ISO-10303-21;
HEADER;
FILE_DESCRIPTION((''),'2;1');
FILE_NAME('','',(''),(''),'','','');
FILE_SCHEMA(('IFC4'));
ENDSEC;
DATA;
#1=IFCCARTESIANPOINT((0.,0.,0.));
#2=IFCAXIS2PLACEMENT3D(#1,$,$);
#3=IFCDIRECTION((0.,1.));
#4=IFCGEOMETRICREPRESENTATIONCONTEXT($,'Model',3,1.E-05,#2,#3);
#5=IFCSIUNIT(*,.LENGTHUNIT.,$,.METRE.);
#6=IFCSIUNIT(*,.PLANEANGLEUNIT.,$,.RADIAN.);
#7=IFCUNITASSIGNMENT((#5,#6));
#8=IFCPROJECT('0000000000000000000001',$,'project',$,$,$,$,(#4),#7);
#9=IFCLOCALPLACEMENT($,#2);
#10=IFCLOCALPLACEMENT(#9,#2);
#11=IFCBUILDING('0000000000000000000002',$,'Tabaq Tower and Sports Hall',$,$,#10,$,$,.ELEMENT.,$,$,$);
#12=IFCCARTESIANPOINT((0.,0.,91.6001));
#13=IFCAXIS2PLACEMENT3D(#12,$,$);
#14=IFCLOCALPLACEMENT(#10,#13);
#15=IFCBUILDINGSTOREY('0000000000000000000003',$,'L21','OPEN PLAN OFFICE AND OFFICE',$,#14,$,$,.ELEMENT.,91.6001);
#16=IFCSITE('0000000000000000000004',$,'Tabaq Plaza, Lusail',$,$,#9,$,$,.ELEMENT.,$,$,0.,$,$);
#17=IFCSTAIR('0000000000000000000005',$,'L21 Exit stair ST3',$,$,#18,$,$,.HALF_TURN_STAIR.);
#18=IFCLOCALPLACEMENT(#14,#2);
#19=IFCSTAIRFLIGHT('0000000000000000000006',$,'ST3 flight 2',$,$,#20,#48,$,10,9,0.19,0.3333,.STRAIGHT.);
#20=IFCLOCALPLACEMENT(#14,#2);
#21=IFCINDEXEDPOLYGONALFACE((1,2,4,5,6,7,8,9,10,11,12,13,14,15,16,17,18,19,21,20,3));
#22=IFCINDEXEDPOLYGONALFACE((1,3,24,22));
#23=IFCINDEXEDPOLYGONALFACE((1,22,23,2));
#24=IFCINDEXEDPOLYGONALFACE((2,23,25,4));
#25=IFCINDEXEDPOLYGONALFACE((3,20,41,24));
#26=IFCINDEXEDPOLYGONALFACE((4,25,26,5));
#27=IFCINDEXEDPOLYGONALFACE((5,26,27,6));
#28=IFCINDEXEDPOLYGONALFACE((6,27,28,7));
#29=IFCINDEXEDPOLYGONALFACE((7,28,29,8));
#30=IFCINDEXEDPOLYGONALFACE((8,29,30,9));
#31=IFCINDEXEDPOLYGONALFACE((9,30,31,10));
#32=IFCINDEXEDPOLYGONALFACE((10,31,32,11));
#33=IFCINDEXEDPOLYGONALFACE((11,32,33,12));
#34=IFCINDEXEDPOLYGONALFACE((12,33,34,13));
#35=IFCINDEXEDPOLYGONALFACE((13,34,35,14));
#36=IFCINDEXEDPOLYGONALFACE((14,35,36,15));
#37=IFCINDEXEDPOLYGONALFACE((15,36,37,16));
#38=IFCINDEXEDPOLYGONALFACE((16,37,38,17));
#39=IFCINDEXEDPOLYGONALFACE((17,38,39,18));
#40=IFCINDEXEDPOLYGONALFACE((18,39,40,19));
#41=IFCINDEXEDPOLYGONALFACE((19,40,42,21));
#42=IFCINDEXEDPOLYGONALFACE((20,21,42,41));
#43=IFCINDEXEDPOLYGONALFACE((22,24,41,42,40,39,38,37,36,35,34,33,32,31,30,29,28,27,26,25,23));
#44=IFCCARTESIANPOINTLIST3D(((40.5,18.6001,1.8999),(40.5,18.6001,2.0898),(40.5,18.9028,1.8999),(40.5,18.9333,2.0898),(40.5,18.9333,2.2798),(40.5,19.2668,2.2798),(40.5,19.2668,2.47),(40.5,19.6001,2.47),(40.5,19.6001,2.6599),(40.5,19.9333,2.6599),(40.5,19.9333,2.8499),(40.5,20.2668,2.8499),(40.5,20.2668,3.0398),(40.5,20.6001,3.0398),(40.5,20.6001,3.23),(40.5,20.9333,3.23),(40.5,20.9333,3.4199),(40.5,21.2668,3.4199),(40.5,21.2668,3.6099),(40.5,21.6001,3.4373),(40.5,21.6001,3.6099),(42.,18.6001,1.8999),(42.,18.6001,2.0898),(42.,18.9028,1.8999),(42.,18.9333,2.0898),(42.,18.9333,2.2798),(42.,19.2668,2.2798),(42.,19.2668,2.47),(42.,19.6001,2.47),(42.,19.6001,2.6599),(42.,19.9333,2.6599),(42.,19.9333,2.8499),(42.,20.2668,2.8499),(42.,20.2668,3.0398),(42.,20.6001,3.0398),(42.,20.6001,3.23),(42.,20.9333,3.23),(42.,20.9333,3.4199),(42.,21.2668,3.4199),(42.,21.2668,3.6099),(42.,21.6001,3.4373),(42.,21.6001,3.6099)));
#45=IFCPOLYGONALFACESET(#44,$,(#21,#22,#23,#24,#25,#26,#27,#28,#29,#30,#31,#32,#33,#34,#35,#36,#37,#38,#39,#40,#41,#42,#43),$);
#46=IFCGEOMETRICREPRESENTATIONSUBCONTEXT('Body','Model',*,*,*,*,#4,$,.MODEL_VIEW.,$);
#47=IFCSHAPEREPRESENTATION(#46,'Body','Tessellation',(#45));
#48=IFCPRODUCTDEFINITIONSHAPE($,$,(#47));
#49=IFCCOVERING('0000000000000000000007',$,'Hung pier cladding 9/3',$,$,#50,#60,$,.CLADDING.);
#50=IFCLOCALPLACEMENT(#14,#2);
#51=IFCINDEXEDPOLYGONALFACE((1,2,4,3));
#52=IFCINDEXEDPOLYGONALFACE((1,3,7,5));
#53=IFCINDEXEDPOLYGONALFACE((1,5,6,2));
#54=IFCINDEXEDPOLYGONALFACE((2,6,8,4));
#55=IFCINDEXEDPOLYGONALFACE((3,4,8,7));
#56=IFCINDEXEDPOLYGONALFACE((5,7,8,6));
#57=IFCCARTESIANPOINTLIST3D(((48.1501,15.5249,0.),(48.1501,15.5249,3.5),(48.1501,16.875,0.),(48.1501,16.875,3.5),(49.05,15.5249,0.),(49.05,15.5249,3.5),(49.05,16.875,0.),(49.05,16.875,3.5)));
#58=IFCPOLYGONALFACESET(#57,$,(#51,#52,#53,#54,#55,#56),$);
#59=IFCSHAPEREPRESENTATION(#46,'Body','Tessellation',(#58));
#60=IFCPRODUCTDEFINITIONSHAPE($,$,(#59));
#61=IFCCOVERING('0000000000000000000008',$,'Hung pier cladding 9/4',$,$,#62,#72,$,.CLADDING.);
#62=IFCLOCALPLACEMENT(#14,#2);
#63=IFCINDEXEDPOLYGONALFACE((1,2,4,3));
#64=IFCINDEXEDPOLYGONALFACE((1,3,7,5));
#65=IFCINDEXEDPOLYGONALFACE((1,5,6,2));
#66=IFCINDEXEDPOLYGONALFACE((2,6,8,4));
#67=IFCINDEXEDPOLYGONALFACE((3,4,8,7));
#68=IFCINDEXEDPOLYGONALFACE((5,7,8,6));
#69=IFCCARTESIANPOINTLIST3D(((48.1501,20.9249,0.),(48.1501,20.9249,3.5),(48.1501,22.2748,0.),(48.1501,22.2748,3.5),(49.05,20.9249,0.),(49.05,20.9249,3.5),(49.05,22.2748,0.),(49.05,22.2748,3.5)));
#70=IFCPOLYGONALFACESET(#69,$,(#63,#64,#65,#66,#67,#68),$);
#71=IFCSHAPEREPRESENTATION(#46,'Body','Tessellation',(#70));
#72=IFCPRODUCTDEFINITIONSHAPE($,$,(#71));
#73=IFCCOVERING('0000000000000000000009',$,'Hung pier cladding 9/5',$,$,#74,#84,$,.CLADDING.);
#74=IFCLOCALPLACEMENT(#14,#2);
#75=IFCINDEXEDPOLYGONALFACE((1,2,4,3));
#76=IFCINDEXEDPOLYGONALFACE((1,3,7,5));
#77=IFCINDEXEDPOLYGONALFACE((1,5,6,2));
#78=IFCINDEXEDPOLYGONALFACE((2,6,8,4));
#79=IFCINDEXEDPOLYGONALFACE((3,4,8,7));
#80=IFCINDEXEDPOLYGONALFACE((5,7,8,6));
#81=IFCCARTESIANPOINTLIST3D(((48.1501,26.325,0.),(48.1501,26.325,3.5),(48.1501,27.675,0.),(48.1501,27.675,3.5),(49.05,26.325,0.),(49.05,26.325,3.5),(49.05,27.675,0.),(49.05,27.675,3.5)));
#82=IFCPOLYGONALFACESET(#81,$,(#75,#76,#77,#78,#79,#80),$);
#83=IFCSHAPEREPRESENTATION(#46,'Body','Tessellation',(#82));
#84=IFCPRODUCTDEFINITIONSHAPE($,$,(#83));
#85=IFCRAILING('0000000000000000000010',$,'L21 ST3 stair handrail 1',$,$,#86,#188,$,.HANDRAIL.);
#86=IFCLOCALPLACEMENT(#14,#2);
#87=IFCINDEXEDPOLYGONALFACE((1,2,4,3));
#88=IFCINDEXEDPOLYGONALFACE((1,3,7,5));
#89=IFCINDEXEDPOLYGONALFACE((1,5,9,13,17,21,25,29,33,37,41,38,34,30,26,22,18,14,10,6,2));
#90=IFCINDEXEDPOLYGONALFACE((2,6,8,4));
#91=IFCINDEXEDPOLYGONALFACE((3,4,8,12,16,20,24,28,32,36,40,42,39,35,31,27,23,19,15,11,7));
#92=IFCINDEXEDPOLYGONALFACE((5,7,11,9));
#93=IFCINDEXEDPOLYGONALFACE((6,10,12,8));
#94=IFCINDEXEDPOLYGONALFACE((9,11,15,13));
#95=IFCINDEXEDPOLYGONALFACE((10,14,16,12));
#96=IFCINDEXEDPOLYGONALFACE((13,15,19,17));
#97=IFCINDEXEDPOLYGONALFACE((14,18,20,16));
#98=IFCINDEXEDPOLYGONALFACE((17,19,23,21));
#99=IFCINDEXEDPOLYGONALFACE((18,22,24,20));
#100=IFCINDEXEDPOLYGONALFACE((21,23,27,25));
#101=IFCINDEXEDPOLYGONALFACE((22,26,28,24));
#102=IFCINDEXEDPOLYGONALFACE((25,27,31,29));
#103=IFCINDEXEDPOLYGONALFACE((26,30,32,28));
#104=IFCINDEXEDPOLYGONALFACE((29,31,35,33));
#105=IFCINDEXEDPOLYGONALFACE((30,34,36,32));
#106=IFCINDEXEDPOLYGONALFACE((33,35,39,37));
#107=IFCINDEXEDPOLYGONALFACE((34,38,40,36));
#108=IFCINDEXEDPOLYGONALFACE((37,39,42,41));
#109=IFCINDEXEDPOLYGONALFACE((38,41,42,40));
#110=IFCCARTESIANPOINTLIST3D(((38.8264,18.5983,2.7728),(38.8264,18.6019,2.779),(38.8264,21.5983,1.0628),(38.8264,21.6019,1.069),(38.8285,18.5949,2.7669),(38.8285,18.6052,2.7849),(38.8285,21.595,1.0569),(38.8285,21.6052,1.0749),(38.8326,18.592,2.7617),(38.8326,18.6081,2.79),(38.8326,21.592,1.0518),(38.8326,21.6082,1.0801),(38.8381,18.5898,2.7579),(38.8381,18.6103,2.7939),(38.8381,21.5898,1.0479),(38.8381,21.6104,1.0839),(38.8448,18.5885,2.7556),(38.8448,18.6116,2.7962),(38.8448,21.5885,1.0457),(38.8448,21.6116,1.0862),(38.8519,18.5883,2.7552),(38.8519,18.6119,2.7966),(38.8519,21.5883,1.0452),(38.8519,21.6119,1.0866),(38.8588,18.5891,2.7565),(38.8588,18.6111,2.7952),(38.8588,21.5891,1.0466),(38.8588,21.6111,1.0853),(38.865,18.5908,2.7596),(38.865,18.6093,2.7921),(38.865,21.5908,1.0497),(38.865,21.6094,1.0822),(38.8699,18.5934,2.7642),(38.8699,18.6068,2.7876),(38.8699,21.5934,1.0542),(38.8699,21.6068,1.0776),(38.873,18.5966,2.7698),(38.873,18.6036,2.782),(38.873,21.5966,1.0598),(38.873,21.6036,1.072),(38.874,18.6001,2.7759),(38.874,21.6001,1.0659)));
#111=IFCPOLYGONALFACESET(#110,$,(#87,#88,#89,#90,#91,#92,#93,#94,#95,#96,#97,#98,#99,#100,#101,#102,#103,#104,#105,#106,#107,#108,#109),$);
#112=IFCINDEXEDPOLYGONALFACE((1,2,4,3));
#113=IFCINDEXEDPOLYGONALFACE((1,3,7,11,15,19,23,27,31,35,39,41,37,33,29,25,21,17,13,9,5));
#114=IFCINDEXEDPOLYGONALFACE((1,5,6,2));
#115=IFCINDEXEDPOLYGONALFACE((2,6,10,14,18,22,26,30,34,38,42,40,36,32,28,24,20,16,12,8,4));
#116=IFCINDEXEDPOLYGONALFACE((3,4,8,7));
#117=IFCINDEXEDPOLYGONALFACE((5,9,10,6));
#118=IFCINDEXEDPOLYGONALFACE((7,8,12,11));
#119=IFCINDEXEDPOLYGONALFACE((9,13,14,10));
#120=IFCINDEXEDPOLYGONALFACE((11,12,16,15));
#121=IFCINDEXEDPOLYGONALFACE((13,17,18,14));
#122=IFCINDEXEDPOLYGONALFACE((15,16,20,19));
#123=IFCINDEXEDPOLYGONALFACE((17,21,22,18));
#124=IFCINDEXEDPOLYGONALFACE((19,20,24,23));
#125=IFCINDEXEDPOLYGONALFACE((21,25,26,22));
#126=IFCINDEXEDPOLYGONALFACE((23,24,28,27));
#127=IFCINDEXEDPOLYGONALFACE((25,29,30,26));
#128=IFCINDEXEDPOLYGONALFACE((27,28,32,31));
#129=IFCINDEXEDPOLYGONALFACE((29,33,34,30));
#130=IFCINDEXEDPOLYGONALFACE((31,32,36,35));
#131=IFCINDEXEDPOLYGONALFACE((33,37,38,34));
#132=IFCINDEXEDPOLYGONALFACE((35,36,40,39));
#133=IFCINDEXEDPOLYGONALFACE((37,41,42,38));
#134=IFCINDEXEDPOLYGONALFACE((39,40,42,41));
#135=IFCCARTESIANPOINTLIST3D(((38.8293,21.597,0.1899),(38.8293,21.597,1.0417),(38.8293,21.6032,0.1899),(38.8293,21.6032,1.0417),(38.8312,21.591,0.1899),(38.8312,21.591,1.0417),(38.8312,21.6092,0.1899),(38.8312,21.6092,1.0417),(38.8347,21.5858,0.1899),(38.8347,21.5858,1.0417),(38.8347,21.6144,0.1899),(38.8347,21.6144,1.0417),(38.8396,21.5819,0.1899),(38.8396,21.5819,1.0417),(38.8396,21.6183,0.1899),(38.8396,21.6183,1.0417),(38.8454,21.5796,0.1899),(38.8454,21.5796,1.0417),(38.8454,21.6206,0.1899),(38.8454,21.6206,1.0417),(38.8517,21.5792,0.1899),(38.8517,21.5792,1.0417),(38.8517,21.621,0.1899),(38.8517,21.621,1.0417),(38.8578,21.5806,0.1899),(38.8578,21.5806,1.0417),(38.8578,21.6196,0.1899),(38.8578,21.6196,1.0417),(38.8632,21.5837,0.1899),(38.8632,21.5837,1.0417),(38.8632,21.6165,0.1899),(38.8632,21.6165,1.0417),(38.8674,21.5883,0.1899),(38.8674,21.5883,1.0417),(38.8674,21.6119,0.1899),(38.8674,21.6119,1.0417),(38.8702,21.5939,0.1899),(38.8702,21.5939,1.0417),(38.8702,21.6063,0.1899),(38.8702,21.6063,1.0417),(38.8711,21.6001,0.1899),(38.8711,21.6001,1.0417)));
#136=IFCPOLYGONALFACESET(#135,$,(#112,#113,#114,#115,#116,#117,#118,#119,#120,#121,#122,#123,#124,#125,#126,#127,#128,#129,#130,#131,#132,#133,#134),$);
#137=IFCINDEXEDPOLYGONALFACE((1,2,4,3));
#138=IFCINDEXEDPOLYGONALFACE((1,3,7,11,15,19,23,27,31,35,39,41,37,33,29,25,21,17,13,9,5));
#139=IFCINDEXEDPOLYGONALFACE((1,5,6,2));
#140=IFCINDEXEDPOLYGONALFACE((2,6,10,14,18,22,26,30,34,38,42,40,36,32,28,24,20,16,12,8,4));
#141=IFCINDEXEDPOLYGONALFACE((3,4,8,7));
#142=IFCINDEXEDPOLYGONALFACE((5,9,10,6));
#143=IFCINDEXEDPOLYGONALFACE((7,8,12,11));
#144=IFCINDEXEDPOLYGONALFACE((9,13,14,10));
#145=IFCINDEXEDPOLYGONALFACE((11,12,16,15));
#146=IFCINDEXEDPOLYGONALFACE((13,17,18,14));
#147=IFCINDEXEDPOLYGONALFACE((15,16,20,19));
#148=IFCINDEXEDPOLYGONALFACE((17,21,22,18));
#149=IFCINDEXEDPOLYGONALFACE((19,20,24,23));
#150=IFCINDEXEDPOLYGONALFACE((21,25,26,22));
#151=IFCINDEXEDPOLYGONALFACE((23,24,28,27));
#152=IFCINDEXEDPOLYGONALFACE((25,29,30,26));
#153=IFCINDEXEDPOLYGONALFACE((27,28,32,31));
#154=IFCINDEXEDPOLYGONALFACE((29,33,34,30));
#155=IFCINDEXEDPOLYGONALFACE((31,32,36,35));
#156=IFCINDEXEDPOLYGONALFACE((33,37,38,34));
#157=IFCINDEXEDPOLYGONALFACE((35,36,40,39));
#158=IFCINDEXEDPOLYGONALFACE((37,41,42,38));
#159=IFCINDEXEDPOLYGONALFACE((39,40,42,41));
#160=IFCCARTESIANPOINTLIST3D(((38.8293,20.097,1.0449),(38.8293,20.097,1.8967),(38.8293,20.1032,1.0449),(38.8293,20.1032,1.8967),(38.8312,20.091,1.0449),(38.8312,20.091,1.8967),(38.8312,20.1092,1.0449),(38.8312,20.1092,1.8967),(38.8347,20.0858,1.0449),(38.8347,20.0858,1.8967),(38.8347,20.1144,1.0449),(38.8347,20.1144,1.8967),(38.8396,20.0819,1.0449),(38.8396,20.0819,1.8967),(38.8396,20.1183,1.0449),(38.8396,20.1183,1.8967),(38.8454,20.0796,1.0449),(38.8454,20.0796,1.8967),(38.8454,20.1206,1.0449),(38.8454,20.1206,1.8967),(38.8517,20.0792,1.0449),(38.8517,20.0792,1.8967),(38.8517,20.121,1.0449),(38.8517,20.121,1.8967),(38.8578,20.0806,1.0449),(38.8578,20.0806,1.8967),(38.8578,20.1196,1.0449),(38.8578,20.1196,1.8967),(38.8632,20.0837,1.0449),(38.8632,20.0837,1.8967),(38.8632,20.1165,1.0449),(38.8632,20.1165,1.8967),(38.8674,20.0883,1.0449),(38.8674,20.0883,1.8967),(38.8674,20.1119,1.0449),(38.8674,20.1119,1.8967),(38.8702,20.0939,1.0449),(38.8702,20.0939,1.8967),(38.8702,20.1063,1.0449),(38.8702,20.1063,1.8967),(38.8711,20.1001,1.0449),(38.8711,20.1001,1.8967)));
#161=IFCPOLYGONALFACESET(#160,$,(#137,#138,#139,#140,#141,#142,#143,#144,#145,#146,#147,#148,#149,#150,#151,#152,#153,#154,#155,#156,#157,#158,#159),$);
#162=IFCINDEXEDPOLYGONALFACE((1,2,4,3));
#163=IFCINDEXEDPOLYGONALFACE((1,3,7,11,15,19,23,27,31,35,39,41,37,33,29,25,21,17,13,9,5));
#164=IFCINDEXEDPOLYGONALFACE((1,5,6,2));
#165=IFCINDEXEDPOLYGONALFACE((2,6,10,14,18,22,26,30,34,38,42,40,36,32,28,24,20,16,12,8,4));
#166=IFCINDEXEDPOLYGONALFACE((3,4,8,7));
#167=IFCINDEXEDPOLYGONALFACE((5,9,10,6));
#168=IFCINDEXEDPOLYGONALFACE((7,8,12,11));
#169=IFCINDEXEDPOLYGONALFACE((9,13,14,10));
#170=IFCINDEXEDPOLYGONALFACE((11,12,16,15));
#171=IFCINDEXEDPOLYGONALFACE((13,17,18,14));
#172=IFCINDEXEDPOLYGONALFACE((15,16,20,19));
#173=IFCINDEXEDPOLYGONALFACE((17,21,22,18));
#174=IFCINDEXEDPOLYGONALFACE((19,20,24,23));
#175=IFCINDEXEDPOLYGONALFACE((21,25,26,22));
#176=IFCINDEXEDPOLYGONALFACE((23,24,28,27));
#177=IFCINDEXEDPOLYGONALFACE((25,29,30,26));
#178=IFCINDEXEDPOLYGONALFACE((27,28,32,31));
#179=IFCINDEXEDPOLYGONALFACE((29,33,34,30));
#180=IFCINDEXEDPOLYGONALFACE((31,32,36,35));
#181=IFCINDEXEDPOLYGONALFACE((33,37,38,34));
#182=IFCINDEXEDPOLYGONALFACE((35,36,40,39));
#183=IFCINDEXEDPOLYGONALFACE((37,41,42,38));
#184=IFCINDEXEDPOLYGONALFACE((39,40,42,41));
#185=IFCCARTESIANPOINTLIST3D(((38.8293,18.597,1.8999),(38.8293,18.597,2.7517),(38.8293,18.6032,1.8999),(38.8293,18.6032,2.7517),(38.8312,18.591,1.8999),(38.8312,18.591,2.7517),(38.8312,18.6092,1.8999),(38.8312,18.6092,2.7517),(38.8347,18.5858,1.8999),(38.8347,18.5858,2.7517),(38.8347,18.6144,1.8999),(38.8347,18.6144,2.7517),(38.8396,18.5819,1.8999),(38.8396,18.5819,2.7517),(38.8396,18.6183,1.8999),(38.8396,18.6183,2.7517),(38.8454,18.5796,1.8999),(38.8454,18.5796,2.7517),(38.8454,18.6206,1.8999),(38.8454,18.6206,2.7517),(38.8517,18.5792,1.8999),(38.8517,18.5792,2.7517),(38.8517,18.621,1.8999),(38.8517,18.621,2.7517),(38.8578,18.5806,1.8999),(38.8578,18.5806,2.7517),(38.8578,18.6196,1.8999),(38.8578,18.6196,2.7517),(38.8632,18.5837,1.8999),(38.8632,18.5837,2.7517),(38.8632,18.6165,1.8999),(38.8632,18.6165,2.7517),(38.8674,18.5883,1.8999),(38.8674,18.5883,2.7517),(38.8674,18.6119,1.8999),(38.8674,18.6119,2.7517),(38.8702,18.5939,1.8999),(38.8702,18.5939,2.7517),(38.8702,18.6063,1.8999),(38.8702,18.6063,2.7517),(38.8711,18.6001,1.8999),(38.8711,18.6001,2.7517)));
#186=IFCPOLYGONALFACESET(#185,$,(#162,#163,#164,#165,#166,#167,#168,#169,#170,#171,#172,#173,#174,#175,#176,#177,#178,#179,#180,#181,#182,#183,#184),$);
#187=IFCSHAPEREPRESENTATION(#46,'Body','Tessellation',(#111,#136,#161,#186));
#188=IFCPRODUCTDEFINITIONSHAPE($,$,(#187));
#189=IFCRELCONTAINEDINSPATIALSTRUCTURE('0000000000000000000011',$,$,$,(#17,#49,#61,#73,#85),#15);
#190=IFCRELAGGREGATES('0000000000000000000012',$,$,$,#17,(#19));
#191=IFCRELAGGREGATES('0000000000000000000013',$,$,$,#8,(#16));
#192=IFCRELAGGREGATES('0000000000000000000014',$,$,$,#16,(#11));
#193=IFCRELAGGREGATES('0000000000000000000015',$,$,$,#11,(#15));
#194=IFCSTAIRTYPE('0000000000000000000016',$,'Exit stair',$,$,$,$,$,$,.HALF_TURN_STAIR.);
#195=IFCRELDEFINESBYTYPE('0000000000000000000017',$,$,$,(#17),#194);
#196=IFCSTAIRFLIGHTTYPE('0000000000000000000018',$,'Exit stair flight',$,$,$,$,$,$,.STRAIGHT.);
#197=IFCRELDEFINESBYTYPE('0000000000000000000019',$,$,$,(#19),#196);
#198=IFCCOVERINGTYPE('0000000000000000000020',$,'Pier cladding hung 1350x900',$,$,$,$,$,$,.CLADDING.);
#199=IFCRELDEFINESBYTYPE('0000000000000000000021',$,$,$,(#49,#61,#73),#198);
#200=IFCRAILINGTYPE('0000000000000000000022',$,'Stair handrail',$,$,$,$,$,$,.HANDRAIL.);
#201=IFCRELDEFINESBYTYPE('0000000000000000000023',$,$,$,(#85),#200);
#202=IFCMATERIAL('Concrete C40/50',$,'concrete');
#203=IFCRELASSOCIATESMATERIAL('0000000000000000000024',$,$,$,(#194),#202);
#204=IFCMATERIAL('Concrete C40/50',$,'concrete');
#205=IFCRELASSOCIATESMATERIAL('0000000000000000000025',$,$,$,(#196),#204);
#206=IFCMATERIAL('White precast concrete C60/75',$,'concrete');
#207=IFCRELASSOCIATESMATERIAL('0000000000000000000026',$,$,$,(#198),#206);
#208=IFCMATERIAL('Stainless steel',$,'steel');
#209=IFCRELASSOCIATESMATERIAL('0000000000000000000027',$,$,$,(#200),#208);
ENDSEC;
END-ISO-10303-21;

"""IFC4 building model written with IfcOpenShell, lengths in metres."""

from ifc_helpers import new_model, si_unit, direction, frame, frame_2d, origin, origin_2d, place, context, subcontext, project, spatial, polyline, rectangle, circle, outline, extrude, material, type_object, element, aggregate, save


model = new_model("IFC4")

# Units and contexts
model_context = context("Model", 3, precision=1e-05, world=origin(), true_north=direction((0.0, 1.0)))
body_context = subcontext(model_context, "Body", "Model", "MODEL_VIEW")
ifc_project = project(units=[si_unit("LENGTHUNIT", "METRE"), si_unit("PLANEANGLEUNIT", "RADIAN")], contexts=[model_context])

# Site, building, storey
site_placement = place(None, origin())
site = spatial("IfcSite", under=ifc_project, at=site_placement, Name="Tabaq Plaza, Lusail", CompositionType="ELEMENT", RefElevation=0.0)
building_placement = place(site_placement, origin())
building = spatial("IfcBuilding", under=site, at=building_placement, Name="Tabaq Tower and Sports Hall", CompositionType="ELEMENT")
storey_placement = place(building_placement, frame((0.0, 0.0, 91.6001)))
storey = spatial("IfcBuildingStorey", under=building, at=storey_placement, Name="L21", Description="OPEN PLAN OFFICE AND OFFICE", CompositionType="ELEMENT", Elevation=91.6001)

# Stair, stair flight
ifc_material_1 = material(Name="Concrete C40/50", Category="concrete")
stair_type = type_object("IfcStairType", Name="Exit stair", PredefinedType="HALF_TURN_STAIR", material=ifc_material_1)
stair_placement = place(storey_placement, origin())
stair = element("IfcStair", 1, at=stair_placement, inside=storey, type_object=stair_type, Name="L21 Exit stair ST3", PredefinedType="HALF_TURN_STAIR")
ifc_material_2 = material(Name="Concrete C40/50", Category="concrete")
stair_flight_type = type_object("IfcStairFlightType", Name="Exit stair flight", PredefinedType="STRAIGHT", material=ifc_material_2)
stair_flight_1_placement = place(storey_placement, frame((41.25, 18.6001, 1.8999), z_axis=(0.0, 0.0, 1.0), x_axis=(0.0, 1.0, 0.0)))
stair_flight_1 = element("IfcStairFlight", 2, at=stair_flight_1_placement, type_object=stair_flight_type, Name="ST3 flight 2", NumberOfRisers=10, NumberOfTreads=9, PredefinedType="STRAIGHT", RiserHeight=0.19, TreadLength=0.3333, context=body_context, shape_type="SweptSolid", body=[
    extrude(outline(polyline([(0.0, 0.0), (0.0, 0.1899), (0.3333, 0.1899), (0.3333, 0.3799), (0.6667, 0.3799), (0.6667, 0.5701), (1.0, 0.5701), (1.0, 0.76), (1.3333, 0.76), (1.3333, 0.95), (1.6667, 0.95), (1.6667, 1.1399), (2.0, 1.1399), (2.0, 1.3301), (2.3333, 1.3301), (2.3333, 1.52), (2.6667, 1.52), (2.6667, 1.71), (3.0, 1.71), (3.0, 1.8999), (3.0, 1.5374), (0.3027, 0.0), (0.0, 0.0)])), frame((0.0, 0.75, 0.0), z_axis=(0.0, -1.0, 0.0), x_axis=(1.0, 0.0, 0.0)), (0.0, 0.0, 1.0), 1.5),
])
aggregate(stair, [stair_flight_1])

# Coverings
ifc_material_3 = material(Name="White precast concrete C60/75", Category="concrete")
covering_type_1 = type_object("IfcCoveringType", Name="Pier cladding hung 1350x900", PredefinedType="CLADDING", material=ifc_material_3)
covering_1_placement = place(storey_placement, frame((48.6001, 15.5249, 0.0), z_axis=(0.0, 0.0, 1.0), x_axis=(0.0, 1.0, 0.0)))
element("IfcCovering", 3, at=covering_1_placement, inside=storey, type_object=covering_type_1, Name="Hung pier cladding 9/3", PredefinedType="CLADDING", context=body_context, shape_type="SweptSolid", body=[
    extrude(rectangle(XDim=1.3501, YDim=0.8999, at=frame_2d((0.675, 0.0))), origin(), (0.0, 0.0, 1.0), 3.5),
])
covering_2_placement = place(storey_placement, frame((48.6001, 20.925, 0.0), z_axis=(0.0, 0.0, 1.0), x_axis=(0.0, 1.0, 0.0)))
element("IfcCovering", 4, at=covering_2_placement, inside=storey, type_object=covering_type_1, Name="Hung pier cladding 9/4", PredefinedType="CLADDING", context=body_context, shape_type="SweptSolid", body=[
    extrude(rectangle(XDim=1.3499, YDim=0.8999, at=frame_2d((0.6748, 0.0))), origin(), (0.0, 0.0, 1.0), 3.5),
])
covering_3_placement = place(storey_placement, frame((48.6001, 26.325, 0.0), z_axis=(0.0, 0.0, 1.0), x_axis=(0.0, 1.0, 0.0)))
element("IfcCovering", 5, at=covering_3_placement, inside=storey, type_object=covering_type_1, Name="Hung pier cladding 9/5", PredefinedType="CLADDING", context=body_context, shape_type="SweptSolid", body=[
    extrude(rectangle(XDim=1.3501, YDim=0.8999, at=frame_2d((0.675, 0.0))), origin(), (0.0, 0.0, 1.0), 3.5),
])

# Railing
ifc_material_4 = material(Name="Stainless steel", Category="steel")
railing_type_1 = type_object("IfcRailingType", Name="Stair handrail", PredefinedType="HANDRAIL", material=ifc_material_4)
railing_1_placement = place(storey_placement, frame((38.8501, 21.6001, 0.1899)))
element("IfcRailing", 6, at=railing_1_placement, inside=storey, type_object=railing_type_1, Name="L21 ST3 stair handrail 1", PredefinedType="HANDRAIL", context=body_context, shape_type="SweptSolid", body=[
    extrude(circle(Radius=0.0239, at=origin_2d()), frame((0.0, 0.0, 0.876), z_axis=(0.0, -0.868782, 0.495195), x_axis=(1.0, 0.0, 0.0)), (0.0, 0.0, 1.0), 3.4531),
    extrude(circle(Radius=0.021, at=origin_2d()), origin(), (0.0, 0.0, 1.0), 0.8518),
    extrude(circle(Radius=0.021, at=origin_2d()), frame((0.0, -1.5, 0.855)), (0.0, 0.0, 1.0), 0.8518),
    extrude(circle(Radius=0.021, at=origin_2d()), frame((0.0, -3.0, 1.71)), (0.0, 0.0, 1.0), 0.8518),
])

save(model, "model.ifc")
